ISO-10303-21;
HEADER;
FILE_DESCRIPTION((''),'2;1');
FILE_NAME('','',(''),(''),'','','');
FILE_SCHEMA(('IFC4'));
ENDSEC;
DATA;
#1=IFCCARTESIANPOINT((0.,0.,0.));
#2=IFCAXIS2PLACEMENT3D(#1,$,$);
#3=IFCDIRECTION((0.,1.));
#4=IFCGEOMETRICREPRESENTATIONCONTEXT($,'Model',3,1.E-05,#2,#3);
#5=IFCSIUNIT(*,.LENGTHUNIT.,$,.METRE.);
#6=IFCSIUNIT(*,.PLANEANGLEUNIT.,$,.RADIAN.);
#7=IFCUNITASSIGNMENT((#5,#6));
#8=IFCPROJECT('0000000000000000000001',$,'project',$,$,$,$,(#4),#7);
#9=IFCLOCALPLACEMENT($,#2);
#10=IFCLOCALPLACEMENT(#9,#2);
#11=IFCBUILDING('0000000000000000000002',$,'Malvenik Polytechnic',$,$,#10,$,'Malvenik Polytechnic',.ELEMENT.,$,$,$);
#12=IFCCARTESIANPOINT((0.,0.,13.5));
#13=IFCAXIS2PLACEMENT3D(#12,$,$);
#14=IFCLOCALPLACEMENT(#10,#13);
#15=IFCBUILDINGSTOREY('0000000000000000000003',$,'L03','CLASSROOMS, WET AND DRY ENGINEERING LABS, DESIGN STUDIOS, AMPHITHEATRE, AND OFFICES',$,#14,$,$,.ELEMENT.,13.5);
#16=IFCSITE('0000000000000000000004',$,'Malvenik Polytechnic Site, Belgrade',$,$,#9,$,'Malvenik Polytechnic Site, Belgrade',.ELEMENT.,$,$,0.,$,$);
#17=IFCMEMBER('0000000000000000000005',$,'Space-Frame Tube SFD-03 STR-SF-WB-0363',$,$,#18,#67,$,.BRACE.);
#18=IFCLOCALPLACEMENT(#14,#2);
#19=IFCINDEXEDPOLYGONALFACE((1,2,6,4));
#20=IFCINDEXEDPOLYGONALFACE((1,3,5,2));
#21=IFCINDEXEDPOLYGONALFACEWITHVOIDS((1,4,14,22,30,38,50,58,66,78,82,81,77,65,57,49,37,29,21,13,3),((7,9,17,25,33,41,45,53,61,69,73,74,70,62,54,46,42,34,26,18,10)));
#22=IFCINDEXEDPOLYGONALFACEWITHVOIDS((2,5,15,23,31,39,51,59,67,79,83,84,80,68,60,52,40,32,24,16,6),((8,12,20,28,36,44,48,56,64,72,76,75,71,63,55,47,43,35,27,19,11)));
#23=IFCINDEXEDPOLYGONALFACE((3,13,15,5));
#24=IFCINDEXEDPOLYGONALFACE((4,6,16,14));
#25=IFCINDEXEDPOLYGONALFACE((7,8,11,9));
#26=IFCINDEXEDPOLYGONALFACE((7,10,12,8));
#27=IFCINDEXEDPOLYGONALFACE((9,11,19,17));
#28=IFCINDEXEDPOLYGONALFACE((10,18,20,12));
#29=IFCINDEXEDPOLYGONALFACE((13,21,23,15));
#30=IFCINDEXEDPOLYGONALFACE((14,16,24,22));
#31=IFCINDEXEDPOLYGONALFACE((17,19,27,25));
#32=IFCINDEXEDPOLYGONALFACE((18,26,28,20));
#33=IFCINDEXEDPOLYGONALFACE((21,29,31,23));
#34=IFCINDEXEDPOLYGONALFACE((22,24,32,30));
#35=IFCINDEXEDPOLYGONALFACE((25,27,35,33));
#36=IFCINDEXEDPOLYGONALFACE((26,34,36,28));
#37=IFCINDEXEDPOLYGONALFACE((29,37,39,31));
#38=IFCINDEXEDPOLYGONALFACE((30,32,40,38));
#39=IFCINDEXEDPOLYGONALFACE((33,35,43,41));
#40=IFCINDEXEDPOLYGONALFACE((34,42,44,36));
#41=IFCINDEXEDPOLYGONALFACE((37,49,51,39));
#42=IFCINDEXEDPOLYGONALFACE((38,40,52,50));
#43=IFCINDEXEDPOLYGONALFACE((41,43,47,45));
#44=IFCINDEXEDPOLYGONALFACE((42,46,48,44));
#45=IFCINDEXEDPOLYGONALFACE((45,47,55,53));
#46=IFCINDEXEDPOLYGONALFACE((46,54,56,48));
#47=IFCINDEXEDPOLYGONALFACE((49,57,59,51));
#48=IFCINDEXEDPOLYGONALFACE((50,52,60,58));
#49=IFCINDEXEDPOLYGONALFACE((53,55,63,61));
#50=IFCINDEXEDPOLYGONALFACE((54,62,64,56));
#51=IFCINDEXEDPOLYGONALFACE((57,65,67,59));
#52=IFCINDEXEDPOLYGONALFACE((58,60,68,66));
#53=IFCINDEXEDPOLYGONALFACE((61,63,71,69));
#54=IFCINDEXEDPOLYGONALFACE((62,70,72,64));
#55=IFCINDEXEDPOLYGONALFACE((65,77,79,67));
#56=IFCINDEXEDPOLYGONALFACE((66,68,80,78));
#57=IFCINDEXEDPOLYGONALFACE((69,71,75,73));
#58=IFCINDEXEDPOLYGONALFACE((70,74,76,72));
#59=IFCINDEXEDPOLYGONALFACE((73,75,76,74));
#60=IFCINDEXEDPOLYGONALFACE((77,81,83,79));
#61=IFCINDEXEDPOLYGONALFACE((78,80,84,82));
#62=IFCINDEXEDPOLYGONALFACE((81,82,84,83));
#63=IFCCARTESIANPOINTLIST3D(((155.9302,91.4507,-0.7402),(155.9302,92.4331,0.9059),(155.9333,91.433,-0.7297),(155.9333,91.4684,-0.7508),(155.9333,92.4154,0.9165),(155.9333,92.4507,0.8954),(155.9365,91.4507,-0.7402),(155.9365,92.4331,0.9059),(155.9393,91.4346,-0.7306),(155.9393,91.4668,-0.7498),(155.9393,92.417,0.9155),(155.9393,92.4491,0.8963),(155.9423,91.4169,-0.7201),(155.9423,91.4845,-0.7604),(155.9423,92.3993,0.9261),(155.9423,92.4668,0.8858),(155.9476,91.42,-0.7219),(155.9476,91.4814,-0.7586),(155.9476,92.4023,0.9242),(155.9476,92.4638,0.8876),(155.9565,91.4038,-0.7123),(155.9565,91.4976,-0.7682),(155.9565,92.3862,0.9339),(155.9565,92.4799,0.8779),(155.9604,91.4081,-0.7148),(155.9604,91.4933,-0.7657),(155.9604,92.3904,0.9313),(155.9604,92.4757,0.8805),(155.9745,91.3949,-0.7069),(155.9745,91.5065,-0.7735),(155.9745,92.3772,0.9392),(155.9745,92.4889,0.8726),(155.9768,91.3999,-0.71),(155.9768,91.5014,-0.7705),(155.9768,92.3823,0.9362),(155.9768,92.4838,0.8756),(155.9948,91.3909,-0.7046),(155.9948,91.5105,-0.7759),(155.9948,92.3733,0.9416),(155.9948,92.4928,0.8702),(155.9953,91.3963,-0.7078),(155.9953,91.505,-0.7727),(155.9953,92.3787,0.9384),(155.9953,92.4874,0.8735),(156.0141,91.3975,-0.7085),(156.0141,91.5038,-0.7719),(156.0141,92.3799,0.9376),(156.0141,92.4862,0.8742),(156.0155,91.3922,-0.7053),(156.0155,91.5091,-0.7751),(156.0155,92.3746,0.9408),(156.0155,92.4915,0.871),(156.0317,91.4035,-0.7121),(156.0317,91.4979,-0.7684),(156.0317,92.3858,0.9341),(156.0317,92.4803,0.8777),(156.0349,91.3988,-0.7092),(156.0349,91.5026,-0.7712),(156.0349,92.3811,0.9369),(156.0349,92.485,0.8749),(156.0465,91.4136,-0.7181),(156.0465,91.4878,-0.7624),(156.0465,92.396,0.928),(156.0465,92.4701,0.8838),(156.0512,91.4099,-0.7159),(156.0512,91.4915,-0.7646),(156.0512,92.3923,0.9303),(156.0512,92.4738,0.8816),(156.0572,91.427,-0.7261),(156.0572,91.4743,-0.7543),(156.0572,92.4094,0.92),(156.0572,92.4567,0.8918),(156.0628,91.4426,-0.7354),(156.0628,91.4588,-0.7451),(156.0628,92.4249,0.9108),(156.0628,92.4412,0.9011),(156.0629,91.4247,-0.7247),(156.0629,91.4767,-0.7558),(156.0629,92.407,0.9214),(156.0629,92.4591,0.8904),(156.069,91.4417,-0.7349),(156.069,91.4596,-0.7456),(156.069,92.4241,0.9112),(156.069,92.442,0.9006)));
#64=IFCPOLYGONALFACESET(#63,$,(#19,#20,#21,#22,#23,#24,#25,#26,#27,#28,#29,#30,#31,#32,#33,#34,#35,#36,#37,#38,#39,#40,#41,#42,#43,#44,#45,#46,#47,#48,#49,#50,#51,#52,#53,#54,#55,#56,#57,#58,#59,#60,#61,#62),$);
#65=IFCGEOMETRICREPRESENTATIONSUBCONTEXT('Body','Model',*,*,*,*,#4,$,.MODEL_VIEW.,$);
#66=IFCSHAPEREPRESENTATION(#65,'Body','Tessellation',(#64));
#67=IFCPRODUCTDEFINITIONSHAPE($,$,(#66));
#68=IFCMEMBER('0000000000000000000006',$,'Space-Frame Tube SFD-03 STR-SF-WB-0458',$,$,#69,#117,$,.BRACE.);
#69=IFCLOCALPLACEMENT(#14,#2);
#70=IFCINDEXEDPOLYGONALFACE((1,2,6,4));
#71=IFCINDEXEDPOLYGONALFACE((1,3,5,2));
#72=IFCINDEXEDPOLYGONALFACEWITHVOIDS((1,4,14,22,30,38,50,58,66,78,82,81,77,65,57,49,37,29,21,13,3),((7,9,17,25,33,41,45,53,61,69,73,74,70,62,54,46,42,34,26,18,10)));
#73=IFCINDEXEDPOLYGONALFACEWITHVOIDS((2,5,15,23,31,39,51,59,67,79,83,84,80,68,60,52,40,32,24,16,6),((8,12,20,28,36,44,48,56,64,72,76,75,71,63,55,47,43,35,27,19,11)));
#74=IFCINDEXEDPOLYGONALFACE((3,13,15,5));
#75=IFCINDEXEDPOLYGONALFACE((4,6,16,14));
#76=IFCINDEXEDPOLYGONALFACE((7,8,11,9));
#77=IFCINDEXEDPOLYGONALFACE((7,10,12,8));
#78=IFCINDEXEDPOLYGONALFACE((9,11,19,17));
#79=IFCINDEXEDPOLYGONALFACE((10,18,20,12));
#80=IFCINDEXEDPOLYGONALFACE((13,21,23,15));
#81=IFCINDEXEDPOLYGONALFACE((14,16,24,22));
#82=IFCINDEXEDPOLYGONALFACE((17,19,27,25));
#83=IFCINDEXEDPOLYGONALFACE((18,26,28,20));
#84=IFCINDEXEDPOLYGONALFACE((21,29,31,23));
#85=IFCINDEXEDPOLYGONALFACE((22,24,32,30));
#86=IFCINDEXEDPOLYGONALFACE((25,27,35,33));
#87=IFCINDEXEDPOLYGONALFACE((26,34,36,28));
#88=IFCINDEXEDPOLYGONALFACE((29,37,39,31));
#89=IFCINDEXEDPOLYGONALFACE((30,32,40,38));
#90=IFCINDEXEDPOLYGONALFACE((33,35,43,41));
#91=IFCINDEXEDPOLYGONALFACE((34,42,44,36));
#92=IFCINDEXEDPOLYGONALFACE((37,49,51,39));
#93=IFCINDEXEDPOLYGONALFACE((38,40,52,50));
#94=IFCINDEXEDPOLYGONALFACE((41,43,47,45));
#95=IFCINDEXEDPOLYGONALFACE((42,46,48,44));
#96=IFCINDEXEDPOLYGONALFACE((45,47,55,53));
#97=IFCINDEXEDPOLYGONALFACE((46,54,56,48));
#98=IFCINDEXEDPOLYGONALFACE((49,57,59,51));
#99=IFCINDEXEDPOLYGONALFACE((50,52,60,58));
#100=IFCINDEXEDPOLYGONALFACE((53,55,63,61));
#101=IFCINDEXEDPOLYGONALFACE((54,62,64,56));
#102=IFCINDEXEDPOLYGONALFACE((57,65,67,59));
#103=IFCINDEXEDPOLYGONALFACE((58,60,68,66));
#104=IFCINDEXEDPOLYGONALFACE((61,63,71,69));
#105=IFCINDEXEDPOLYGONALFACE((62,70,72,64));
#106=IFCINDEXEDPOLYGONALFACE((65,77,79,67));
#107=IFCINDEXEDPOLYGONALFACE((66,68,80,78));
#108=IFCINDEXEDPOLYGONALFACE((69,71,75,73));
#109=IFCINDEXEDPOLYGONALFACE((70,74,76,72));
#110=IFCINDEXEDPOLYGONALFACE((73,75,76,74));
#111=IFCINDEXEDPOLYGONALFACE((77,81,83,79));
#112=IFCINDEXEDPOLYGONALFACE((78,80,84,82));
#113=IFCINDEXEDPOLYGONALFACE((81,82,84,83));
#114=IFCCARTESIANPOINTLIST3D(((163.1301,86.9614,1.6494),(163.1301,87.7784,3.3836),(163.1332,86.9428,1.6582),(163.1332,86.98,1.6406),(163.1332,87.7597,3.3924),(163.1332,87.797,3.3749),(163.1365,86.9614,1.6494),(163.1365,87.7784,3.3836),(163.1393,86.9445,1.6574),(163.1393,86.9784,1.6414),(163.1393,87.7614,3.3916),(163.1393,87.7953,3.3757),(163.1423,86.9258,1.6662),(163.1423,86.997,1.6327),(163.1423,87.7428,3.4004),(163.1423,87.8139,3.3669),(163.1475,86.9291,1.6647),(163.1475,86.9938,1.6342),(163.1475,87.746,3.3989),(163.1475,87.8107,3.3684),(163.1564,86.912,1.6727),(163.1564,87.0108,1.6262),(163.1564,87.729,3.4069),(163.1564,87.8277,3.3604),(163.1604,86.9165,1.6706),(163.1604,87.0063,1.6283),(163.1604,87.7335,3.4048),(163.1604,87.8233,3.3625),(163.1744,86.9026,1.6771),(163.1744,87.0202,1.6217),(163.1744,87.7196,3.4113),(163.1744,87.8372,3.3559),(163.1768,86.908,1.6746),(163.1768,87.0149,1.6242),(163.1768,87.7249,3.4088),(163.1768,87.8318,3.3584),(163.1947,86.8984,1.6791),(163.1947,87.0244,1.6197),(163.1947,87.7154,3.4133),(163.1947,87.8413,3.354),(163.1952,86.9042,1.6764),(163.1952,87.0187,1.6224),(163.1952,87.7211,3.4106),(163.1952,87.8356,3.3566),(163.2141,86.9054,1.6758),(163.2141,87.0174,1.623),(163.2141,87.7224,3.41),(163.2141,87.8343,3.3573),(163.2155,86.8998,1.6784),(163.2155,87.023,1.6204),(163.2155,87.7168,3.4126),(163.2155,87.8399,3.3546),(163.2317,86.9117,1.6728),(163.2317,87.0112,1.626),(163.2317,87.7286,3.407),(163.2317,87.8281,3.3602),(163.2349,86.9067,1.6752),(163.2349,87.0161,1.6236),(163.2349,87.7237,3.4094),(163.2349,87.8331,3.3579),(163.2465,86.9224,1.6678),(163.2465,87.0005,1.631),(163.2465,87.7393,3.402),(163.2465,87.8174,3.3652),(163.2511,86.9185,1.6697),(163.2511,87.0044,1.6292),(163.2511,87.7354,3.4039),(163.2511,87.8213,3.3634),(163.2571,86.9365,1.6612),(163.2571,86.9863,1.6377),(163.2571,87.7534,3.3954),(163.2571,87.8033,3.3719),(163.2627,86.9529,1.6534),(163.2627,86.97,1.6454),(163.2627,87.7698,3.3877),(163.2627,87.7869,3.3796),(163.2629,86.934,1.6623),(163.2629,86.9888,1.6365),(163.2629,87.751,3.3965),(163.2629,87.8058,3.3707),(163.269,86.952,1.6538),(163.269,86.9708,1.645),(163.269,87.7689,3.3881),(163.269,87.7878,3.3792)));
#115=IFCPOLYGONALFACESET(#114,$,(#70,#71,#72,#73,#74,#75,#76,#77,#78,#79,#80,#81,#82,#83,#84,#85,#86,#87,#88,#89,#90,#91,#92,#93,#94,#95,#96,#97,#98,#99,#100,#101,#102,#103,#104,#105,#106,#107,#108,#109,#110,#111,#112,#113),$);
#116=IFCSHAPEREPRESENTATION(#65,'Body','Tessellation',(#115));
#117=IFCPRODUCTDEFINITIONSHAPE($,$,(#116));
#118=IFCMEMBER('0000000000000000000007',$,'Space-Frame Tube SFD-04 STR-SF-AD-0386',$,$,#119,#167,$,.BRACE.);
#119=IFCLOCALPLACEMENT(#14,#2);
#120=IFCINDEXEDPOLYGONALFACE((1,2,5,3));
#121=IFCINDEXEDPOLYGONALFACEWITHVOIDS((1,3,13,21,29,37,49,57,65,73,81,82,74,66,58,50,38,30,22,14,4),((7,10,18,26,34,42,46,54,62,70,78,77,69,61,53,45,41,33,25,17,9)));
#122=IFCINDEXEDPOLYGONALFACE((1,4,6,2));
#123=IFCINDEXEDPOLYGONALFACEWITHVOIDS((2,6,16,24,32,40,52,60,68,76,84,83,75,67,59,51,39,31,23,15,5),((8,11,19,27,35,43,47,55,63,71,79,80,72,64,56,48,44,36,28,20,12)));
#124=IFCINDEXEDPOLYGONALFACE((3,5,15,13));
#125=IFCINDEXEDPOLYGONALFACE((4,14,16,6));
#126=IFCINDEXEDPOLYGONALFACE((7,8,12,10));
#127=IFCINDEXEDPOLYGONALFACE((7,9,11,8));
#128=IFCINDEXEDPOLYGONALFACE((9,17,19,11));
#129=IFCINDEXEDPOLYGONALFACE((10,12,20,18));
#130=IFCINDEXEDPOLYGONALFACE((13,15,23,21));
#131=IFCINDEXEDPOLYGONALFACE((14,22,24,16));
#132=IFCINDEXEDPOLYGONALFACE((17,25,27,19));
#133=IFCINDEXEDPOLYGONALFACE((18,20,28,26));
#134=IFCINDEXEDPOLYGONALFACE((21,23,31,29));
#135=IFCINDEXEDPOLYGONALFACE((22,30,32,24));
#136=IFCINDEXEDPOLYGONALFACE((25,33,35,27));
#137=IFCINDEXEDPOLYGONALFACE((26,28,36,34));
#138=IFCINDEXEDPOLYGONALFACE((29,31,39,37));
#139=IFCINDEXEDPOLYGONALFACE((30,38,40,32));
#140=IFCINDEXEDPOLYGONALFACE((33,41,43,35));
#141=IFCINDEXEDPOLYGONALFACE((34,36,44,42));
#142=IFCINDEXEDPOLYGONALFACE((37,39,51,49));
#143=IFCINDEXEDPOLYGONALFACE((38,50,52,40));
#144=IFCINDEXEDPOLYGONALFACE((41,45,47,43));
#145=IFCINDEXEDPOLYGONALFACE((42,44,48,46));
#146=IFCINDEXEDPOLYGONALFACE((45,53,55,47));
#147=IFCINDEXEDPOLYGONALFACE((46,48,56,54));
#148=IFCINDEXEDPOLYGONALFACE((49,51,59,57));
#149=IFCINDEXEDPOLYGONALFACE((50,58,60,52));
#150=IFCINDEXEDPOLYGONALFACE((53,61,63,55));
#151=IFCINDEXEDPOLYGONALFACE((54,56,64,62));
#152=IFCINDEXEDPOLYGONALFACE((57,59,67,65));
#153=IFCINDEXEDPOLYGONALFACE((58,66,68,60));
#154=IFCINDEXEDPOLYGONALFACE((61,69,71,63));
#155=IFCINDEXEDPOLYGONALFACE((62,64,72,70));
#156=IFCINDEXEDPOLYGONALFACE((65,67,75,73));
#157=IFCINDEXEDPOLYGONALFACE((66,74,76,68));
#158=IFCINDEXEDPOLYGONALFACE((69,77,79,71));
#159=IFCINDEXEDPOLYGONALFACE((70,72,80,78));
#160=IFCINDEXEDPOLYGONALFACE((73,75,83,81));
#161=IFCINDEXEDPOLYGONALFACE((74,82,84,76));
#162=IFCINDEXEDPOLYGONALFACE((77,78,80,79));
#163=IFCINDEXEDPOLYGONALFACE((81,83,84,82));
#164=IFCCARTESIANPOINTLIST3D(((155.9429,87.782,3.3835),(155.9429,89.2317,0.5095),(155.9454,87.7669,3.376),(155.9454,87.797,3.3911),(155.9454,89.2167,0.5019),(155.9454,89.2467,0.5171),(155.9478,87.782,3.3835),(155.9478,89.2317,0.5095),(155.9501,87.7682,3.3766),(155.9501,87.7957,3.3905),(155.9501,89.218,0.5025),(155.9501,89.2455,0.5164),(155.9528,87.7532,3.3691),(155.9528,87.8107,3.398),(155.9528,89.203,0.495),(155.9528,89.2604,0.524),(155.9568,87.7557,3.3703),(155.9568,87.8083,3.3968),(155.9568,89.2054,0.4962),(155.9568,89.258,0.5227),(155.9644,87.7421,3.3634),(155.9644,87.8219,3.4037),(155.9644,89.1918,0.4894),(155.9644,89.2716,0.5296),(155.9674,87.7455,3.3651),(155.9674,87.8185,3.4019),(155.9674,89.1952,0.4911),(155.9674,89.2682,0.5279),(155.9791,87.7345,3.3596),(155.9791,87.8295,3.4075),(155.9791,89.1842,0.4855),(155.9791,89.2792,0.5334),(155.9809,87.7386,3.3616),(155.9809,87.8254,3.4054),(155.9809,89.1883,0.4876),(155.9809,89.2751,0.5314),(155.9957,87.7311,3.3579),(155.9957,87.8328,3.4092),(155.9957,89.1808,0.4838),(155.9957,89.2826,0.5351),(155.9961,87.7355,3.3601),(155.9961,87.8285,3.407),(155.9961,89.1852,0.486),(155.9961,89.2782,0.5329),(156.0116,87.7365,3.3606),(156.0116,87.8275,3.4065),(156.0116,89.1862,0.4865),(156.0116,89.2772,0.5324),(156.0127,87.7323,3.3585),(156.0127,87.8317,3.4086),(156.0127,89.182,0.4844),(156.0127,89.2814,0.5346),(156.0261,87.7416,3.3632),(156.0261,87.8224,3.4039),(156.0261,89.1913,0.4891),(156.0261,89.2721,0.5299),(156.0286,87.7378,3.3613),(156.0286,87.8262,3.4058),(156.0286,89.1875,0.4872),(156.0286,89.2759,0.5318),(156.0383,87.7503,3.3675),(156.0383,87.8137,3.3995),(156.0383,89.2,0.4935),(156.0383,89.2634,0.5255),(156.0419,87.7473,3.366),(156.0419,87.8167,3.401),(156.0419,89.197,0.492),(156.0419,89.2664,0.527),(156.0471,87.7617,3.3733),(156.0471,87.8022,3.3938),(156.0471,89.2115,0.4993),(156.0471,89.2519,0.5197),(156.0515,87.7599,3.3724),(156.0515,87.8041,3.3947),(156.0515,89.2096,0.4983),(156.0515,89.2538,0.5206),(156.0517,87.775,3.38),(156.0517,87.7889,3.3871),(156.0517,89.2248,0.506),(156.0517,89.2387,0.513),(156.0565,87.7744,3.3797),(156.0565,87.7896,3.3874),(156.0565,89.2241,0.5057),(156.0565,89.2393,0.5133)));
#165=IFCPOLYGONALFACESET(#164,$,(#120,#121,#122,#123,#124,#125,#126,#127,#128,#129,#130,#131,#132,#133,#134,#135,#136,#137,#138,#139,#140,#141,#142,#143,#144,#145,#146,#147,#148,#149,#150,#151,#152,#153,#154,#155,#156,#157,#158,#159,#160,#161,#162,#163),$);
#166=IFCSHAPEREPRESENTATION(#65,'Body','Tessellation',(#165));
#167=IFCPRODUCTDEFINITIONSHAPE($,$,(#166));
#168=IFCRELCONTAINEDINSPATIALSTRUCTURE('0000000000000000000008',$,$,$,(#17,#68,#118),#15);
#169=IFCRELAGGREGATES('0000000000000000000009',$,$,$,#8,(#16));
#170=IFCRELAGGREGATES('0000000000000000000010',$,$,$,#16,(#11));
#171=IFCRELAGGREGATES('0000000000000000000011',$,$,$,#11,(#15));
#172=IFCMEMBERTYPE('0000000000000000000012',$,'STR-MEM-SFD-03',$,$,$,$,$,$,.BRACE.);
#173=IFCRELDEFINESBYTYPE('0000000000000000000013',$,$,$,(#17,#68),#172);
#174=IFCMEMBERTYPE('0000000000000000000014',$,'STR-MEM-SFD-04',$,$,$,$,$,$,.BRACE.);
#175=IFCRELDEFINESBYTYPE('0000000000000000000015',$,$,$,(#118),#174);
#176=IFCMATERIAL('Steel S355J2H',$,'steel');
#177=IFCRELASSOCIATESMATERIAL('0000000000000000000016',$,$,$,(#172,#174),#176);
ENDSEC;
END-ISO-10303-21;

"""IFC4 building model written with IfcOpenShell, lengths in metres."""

from ifc_helpers import new_model, si_unit, direction, frame, origin, origin_2d, place, context, subcontext, project, spatial, hollow_circle, extrude, material, material_profile, profile_set, type_object, element, save


model = new_model("IFC4")

# Units and contexts
model_context = context("Model", 3, precision=1e-05, world=origin(), true_north=direction((0.0, 1.0)))
body_context = subcontext(model_context, "Body", "Model", "MODEL_VIEW")
ifc_project = project(units=[si_unit("LENGTHUNIT", "METRE"), si_unit("PLANEANGLEUNIT", "RADIAN")], contexts=[model_context])

# Site, building, storey
site_placement = place(None, origin())
site = spatial("IfcSite", under=ifc_project, at=site_placement, Name="Malvenik Polytechnic Site, Belgrade", LongName="Malvenik Polytechnic Site, Belgrade", CompositionType="ELEMENT", RefElevation=0.0)
building_placement = place(site_placement, origin())
building = spatial("IfcBuilding", under=site, at=building_placement, Name="Malvenik Polytechnic", LongName="Malvenik Polytechnic", CompositionType="ELEMENT")
storey_placement = place(building_placement, frame((0.0, 0.0, 13.5)))
storey = spatial("IfcBuildingStorey", under=building, at=storey_placement, Name="L03", Description="CLASSROOMS, WET AND DRY ENGINEERING LABS, DESIGN STUDIOS, AMPHITHEATRE, AND OFFICES", CompositionType="ELEMENT", Elevation=13.5)

# Members
ifc_material_1 = material(Name="Steel S355J2H", Category="steel")
ifc_material_profile_1 = material_profile(ifc_material_1, hollow_circle(Radius=0.0698, WallThickness=0.0063, at=origin_2d()), Name="CHS 139.7x6.3")
ifc_profile_set_1 = profile_set([ifc_material_profile_1], Name="Steel S355J2H")
member_type_1 = type_object("IfcMemberType", Name="STR-MEM-SFD-03", PredefinedType="BRACE", material=ifc_profile_set_1)
for number, where, z_axis, x_axis, name in (
    (1, (156.0, 91.4507, -0.7402), (0.0, 0.512453, 0.858715), (-1.0, 0.0, 0.0), "Space-Frame Tube SFD-03 STR-SF-WB-0363"),
    (2, (163.2, 86.9614, 1.6494), (0.0, 0.426153, 0.904651), (-1.0, 0.0, 0.0), "Space-Frame Tube SFD-03 STR-SF-WB-0458"),
):
    element("IfcMember", number, at=place(storey_placement, frame(where, z_axis=z_axis, x_axis=x_axis)), inside=storey, type_object=member_type_1, Name=name, PredefinedType="BRACE", context=body_context, shape_type="SweptSolid", body=[
        extrude(hollow_circle(Radius=0.0698, WallThickness=0.0063, at=origin_2d()), origin(), (0.0, 0.0, 1.0), 1.917),
    ])
ifc_material_profile_2 = material_profile(ifc_material_1, hollow_circle(Radius=0.0571, WallThickness=0.0049, at=origin_2d()), Name="CHS 114.3x5.0")
ifc_profile_set_2 = profile_set([ifc_material_profile_2], Name="Steel S355J2H")
member_type_2 = type_object("IfcMemberType", Name="STR-MEM-SFD-04", PredefinedType="BRACE", material=ifc_profile_set_2)
member_1_placement = place(storey_placement, frame((156.0, 87.782, 3.3835), z_axis=(0.0, 0.450366, -0.892844), x_axis=(-1.0, 0.0, 0.0)))
element("IfcMember", 3, at=member_1_placement, inside=storey, type_object=member_type_2, Name="Space-Frame Tube SFD-04 STR-SF-AD-0386", PredefinedType="BRACE", context=body_context, shape_type="SweptSolid", body=[
    extrude(hollow_circle(Radius=0.0571, WallThickness=0.0049, at=origin_2d()), origin(), (0.0, 0.0, 1.0), 3.219),
])

save(model, "model.ifc")
